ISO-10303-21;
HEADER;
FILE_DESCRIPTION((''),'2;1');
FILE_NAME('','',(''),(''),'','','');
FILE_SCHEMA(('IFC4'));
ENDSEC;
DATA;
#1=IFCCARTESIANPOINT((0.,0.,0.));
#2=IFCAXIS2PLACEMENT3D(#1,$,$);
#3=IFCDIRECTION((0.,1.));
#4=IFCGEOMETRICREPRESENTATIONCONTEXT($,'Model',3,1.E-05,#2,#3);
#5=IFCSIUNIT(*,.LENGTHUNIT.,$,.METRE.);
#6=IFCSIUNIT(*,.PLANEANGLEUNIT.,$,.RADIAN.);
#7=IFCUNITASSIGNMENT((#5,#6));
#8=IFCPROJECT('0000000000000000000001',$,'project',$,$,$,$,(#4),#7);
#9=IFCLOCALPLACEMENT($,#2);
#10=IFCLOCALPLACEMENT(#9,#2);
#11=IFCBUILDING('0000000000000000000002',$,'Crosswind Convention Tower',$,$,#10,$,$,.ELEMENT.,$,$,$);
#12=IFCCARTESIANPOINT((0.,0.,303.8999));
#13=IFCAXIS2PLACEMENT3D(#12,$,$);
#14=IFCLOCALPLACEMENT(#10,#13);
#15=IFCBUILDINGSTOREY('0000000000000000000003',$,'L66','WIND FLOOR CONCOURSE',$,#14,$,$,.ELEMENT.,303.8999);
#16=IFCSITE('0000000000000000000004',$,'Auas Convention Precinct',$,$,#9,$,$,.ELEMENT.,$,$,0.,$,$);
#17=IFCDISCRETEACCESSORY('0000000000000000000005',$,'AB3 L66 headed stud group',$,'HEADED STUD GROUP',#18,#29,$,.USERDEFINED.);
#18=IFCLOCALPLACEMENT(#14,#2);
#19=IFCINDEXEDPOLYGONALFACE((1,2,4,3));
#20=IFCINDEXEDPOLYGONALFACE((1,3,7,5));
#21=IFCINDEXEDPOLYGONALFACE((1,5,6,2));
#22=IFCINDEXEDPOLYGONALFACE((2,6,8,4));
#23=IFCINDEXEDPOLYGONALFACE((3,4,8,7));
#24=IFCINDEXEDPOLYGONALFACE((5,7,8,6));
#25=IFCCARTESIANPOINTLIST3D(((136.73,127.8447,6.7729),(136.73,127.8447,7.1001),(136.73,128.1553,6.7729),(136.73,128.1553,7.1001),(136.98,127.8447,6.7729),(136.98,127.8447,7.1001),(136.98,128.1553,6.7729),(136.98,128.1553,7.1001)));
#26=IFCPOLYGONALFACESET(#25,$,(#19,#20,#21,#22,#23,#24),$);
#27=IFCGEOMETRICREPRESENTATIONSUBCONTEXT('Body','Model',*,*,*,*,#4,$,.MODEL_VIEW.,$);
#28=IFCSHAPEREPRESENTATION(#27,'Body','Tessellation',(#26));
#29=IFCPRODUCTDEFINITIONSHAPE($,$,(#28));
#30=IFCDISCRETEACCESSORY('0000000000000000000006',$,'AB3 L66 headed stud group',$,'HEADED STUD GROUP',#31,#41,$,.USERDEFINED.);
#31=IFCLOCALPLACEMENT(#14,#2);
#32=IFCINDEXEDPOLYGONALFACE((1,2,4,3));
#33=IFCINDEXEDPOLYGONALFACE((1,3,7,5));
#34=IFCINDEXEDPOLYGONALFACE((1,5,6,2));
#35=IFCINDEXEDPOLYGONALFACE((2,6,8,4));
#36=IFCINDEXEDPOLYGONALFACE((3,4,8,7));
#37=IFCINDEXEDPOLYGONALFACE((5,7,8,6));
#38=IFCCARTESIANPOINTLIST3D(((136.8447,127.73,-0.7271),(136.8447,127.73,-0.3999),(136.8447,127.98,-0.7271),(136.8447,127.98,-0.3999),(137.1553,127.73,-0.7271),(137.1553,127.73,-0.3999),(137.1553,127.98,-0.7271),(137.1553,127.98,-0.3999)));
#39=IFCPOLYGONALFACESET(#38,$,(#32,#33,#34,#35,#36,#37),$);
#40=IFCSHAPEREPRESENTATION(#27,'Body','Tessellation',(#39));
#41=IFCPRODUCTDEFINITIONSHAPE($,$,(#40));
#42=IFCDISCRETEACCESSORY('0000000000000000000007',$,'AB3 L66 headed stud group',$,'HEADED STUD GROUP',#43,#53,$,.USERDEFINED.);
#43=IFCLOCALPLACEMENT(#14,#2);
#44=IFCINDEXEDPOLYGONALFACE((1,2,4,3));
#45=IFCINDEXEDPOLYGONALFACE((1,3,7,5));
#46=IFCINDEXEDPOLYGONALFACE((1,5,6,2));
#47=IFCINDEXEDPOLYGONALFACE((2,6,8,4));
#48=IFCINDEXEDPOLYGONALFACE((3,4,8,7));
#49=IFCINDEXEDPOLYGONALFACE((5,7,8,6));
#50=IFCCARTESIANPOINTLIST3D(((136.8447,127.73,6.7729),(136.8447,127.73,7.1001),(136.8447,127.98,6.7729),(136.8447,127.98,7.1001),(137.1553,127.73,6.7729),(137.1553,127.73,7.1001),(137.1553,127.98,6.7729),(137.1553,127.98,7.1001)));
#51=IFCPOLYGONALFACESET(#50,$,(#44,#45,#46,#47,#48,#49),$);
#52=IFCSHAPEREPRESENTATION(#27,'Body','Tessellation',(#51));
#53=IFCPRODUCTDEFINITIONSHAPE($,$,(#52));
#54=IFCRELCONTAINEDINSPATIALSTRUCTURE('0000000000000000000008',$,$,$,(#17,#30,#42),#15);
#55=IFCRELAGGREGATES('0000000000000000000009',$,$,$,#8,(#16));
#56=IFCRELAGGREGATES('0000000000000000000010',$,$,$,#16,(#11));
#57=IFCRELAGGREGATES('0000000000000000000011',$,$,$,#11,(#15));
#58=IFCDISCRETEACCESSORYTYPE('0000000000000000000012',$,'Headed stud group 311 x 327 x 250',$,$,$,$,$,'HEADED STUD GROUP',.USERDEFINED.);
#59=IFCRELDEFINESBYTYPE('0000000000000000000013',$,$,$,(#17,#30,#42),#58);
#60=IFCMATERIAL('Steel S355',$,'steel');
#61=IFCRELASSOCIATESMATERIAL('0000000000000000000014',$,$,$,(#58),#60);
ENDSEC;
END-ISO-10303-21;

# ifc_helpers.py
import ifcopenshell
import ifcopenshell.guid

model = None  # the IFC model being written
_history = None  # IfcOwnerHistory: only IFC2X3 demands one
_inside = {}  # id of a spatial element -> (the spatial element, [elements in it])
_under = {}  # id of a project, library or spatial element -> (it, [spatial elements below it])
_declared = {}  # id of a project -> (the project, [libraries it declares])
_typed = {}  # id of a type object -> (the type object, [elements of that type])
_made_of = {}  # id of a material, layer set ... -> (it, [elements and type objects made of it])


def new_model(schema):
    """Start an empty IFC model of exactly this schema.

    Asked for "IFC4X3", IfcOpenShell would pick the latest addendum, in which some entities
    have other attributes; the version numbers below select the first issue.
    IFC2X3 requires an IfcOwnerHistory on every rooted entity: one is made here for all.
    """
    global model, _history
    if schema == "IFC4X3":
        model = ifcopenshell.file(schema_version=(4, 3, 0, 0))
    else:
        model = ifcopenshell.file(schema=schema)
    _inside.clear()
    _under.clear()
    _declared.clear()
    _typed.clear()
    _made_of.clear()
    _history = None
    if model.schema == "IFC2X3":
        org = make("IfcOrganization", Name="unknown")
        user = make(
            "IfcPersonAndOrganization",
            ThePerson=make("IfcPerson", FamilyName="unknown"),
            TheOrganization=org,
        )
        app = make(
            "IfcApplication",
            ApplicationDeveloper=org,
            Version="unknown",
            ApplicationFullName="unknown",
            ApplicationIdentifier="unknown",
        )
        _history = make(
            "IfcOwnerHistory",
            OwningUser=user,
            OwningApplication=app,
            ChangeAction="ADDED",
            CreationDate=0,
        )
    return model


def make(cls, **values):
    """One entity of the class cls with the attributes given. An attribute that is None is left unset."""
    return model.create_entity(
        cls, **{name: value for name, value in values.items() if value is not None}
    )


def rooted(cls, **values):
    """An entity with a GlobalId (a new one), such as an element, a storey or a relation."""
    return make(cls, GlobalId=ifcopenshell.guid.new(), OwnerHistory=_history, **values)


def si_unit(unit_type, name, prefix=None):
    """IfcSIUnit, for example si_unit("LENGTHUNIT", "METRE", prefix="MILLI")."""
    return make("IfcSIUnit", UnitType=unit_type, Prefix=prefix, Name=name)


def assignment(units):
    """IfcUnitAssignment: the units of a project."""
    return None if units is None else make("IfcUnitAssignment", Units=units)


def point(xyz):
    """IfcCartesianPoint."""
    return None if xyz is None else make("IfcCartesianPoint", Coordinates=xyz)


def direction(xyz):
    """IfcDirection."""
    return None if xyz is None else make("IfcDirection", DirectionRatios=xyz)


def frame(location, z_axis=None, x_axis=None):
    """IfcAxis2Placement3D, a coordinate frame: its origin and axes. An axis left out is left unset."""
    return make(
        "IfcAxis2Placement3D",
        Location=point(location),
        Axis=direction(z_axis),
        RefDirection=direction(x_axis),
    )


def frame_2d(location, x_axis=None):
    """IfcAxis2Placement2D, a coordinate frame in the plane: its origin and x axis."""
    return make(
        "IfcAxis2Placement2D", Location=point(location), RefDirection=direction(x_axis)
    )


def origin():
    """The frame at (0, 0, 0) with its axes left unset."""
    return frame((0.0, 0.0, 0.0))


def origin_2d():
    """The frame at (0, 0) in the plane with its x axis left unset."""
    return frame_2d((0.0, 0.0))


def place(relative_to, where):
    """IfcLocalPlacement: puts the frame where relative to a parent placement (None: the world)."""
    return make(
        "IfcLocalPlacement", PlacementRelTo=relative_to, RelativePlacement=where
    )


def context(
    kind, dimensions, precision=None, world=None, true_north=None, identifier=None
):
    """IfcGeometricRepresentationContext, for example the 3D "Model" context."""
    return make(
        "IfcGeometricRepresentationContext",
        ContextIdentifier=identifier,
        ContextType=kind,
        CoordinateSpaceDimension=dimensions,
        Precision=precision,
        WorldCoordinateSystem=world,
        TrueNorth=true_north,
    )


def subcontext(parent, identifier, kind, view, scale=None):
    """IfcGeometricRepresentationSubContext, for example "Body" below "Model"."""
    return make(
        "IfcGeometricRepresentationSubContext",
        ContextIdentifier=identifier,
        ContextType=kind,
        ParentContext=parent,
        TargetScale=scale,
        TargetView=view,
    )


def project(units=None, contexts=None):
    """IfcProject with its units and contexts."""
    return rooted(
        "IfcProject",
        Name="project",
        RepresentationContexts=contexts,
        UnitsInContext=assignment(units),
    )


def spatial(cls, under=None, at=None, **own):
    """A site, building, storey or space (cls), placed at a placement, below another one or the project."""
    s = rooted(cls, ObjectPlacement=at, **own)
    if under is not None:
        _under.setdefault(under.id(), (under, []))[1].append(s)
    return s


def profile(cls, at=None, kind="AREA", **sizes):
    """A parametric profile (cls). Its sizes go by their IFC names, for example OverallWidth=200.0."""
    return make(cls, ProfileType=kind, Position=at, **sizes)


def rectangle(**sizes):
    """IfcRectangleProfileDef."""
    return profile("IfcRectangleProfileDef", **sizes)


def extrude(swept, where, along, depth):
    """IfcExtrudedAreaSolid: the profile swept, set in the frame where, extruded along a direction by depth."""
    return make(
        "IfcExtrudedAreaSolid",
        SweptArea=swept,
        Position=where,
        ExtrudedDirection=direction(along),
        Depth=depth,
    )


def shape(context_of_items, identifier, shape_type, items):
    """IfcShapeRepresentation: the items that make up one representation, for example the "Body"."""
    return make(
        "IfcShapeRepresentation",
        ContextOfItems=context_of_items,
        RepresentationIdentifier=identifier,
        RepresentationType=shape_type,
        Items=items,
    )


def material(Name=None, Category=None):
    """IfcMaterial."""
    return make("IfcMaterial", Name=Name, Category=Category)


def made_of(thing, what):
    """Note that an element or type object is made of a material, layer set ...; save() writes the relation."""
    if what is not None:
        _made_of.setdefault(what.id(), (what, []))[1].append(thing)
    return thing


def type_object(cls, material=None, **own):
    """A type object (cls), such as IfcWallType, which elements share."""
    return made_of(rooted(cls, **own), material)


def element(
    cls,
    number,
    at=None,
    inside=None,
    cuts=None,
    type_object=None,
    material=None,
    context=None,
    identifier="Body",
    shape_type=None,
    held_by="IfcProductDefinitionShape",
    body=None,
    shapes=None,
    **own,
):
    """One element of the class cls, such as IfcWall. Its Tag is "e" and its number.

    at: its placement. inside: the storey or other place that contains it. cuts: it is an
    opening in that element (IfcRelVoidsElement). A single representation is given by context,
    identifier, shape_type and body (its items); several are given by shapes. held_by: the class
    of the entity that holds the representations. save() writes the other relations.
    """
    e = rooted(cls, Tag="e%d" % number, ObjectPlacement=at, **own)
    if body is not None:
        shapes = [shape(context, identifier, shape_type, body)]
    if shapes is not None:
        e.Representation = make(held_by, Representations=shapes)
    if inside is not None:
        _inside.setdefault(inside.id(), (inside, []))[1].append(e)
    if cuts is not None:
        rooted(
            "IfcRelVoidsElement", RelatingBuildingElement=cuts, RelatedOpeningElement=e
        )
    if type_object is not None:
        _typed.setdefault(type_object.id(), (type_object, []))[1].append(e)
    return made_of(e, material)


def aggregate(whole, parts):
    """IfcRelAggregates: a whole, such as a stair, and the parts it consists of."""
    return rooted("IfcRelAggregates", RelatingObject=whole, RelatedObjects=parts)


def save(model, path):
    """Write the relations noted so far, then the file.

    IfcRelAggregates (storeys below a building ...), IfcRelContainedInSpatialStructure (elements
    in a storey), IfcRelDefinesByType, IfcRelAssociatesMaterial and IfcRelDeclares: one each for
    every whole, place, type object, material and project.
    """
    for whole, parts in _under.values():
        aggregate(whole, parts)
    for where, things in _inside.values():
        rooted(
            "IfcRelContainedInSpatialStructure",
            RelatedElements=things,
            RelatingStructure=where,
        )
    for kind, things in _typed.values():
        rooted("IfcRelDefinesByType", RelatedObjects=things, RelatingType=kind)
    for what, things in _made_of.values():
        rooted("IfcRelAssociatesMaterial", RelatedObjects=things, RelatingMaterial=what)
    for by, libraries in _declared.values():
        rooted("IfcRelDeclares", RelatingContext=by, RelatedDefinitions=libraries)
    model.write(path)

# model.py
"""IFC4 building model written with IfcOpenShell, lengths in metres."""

from ifc_helpers import new_model, si_unit, direction, frame, origin, origin_2d, place, context, subcontext, project, spatial, rectangle, extrude, material, type_object, element, save


model = new_model("IFC4")

# Units and contexts
model_context = context("Model", 3, precision=1e-05, world=origin(), true_north=direction((0.0, 1.0)))
body_context = subcontext(model_context, "Body", "Model", "MODEL_VIEW")
ifc_project = project(units=[si_unit("LENGTHUNIT", "METRE"), si_unit("PLANEANGLEUNIT", "RADIAN")], contexts=[model_context])

# Site, building, storey
site_placement = place(None, origin())
site = spatial("IfcSite", under=ifc_project, at=site_placement, Name="Auas Convention Precinct", CompositionType="ELEMENT", RefElevation=0.0)
building_placement = place(site_placement, origin())
building = spatial("IfcBuilding", under=site, at=building_placement, Name="Crosswind Convention Tower", CompositionType="ELEMENT")
storey_placement = place(building_placement, frame((0.0, 0.0, 303.8999)))
storey = spatial("IfcBuildingStorey", under=building, at=storey_placement, Name="L66", Description="WIND FLOOR CONCOURSE", CompositionType="ELEMENT", Elevation=303.8999)

# Shared definitions
ifc_material_1 = material(Name="Steel S355", Category="steel")

# Discrete accessories
discrete_accessory_type_1 = type_object("IfcDiscreteAccessoryType", Name="Headed stud group 311 x 327 x 250", ElementType="HEADED STUD GROUP", PredefinedType="USERDEFINED", material=ifc_material_1)
for number, where, z_axis, x_axis, name in (
    (1, (136.855, 128.0, 6.7729), (0.0, 0.0, 1.0), (1.0, 0.0, 0.0), "AB3 L66 headed stud group"),
):
    element("IfcDiscreteAccessory", number, at=place(storey_placement, frame(where, z_axis=z_axis, x_axis=x_axis)), inside=storey, type_object=discrete_accessory_type_1, Name=name, ObjectType="HEADED STUD GROUP", PredefinedType="USERDEFINED", context=body_context, shape_type="SweptSolid", body=[
        extrude(rectangle(XDim=0.25, YDim=0.3105, at=origin_2d()), origin(), (0.0, 0.0, 1.0), 0.3271),
    ])
for number, where, z_axis, x_axis, name in (
    (2, (137.0, 127.855, -0.7271), (0.0, 0.0, 1.0), (1.0, 0.0, 0.0), "AB3 L66 headed stud group"),
    (3, (137.0, 127.855, 6.7729), (0.0, 0.0, 1.0), (1.0, 0.0, 0.0), "AB3 L66 headed stud group"),
):
    element("IfcDiscreteAccessory", number, at=place(storey_placement, frame(where, z_axis=z_axis, x_axis=x_axis)), inside=storey, type_object=discrete_accessory_type_1, Name=name, ObjectType="HEADED STUD GROUP", PredefinedType="USERDEFINED", context=body_context, shape_type="SweptSolid", body=[
        extrude(rectangle(XDim=0.3105, YDim=0.25, at=origin_2d()), origin(), (0.0, 0.0, 1.0), 0.3271),
    ])

save(model, "model.ifc")
